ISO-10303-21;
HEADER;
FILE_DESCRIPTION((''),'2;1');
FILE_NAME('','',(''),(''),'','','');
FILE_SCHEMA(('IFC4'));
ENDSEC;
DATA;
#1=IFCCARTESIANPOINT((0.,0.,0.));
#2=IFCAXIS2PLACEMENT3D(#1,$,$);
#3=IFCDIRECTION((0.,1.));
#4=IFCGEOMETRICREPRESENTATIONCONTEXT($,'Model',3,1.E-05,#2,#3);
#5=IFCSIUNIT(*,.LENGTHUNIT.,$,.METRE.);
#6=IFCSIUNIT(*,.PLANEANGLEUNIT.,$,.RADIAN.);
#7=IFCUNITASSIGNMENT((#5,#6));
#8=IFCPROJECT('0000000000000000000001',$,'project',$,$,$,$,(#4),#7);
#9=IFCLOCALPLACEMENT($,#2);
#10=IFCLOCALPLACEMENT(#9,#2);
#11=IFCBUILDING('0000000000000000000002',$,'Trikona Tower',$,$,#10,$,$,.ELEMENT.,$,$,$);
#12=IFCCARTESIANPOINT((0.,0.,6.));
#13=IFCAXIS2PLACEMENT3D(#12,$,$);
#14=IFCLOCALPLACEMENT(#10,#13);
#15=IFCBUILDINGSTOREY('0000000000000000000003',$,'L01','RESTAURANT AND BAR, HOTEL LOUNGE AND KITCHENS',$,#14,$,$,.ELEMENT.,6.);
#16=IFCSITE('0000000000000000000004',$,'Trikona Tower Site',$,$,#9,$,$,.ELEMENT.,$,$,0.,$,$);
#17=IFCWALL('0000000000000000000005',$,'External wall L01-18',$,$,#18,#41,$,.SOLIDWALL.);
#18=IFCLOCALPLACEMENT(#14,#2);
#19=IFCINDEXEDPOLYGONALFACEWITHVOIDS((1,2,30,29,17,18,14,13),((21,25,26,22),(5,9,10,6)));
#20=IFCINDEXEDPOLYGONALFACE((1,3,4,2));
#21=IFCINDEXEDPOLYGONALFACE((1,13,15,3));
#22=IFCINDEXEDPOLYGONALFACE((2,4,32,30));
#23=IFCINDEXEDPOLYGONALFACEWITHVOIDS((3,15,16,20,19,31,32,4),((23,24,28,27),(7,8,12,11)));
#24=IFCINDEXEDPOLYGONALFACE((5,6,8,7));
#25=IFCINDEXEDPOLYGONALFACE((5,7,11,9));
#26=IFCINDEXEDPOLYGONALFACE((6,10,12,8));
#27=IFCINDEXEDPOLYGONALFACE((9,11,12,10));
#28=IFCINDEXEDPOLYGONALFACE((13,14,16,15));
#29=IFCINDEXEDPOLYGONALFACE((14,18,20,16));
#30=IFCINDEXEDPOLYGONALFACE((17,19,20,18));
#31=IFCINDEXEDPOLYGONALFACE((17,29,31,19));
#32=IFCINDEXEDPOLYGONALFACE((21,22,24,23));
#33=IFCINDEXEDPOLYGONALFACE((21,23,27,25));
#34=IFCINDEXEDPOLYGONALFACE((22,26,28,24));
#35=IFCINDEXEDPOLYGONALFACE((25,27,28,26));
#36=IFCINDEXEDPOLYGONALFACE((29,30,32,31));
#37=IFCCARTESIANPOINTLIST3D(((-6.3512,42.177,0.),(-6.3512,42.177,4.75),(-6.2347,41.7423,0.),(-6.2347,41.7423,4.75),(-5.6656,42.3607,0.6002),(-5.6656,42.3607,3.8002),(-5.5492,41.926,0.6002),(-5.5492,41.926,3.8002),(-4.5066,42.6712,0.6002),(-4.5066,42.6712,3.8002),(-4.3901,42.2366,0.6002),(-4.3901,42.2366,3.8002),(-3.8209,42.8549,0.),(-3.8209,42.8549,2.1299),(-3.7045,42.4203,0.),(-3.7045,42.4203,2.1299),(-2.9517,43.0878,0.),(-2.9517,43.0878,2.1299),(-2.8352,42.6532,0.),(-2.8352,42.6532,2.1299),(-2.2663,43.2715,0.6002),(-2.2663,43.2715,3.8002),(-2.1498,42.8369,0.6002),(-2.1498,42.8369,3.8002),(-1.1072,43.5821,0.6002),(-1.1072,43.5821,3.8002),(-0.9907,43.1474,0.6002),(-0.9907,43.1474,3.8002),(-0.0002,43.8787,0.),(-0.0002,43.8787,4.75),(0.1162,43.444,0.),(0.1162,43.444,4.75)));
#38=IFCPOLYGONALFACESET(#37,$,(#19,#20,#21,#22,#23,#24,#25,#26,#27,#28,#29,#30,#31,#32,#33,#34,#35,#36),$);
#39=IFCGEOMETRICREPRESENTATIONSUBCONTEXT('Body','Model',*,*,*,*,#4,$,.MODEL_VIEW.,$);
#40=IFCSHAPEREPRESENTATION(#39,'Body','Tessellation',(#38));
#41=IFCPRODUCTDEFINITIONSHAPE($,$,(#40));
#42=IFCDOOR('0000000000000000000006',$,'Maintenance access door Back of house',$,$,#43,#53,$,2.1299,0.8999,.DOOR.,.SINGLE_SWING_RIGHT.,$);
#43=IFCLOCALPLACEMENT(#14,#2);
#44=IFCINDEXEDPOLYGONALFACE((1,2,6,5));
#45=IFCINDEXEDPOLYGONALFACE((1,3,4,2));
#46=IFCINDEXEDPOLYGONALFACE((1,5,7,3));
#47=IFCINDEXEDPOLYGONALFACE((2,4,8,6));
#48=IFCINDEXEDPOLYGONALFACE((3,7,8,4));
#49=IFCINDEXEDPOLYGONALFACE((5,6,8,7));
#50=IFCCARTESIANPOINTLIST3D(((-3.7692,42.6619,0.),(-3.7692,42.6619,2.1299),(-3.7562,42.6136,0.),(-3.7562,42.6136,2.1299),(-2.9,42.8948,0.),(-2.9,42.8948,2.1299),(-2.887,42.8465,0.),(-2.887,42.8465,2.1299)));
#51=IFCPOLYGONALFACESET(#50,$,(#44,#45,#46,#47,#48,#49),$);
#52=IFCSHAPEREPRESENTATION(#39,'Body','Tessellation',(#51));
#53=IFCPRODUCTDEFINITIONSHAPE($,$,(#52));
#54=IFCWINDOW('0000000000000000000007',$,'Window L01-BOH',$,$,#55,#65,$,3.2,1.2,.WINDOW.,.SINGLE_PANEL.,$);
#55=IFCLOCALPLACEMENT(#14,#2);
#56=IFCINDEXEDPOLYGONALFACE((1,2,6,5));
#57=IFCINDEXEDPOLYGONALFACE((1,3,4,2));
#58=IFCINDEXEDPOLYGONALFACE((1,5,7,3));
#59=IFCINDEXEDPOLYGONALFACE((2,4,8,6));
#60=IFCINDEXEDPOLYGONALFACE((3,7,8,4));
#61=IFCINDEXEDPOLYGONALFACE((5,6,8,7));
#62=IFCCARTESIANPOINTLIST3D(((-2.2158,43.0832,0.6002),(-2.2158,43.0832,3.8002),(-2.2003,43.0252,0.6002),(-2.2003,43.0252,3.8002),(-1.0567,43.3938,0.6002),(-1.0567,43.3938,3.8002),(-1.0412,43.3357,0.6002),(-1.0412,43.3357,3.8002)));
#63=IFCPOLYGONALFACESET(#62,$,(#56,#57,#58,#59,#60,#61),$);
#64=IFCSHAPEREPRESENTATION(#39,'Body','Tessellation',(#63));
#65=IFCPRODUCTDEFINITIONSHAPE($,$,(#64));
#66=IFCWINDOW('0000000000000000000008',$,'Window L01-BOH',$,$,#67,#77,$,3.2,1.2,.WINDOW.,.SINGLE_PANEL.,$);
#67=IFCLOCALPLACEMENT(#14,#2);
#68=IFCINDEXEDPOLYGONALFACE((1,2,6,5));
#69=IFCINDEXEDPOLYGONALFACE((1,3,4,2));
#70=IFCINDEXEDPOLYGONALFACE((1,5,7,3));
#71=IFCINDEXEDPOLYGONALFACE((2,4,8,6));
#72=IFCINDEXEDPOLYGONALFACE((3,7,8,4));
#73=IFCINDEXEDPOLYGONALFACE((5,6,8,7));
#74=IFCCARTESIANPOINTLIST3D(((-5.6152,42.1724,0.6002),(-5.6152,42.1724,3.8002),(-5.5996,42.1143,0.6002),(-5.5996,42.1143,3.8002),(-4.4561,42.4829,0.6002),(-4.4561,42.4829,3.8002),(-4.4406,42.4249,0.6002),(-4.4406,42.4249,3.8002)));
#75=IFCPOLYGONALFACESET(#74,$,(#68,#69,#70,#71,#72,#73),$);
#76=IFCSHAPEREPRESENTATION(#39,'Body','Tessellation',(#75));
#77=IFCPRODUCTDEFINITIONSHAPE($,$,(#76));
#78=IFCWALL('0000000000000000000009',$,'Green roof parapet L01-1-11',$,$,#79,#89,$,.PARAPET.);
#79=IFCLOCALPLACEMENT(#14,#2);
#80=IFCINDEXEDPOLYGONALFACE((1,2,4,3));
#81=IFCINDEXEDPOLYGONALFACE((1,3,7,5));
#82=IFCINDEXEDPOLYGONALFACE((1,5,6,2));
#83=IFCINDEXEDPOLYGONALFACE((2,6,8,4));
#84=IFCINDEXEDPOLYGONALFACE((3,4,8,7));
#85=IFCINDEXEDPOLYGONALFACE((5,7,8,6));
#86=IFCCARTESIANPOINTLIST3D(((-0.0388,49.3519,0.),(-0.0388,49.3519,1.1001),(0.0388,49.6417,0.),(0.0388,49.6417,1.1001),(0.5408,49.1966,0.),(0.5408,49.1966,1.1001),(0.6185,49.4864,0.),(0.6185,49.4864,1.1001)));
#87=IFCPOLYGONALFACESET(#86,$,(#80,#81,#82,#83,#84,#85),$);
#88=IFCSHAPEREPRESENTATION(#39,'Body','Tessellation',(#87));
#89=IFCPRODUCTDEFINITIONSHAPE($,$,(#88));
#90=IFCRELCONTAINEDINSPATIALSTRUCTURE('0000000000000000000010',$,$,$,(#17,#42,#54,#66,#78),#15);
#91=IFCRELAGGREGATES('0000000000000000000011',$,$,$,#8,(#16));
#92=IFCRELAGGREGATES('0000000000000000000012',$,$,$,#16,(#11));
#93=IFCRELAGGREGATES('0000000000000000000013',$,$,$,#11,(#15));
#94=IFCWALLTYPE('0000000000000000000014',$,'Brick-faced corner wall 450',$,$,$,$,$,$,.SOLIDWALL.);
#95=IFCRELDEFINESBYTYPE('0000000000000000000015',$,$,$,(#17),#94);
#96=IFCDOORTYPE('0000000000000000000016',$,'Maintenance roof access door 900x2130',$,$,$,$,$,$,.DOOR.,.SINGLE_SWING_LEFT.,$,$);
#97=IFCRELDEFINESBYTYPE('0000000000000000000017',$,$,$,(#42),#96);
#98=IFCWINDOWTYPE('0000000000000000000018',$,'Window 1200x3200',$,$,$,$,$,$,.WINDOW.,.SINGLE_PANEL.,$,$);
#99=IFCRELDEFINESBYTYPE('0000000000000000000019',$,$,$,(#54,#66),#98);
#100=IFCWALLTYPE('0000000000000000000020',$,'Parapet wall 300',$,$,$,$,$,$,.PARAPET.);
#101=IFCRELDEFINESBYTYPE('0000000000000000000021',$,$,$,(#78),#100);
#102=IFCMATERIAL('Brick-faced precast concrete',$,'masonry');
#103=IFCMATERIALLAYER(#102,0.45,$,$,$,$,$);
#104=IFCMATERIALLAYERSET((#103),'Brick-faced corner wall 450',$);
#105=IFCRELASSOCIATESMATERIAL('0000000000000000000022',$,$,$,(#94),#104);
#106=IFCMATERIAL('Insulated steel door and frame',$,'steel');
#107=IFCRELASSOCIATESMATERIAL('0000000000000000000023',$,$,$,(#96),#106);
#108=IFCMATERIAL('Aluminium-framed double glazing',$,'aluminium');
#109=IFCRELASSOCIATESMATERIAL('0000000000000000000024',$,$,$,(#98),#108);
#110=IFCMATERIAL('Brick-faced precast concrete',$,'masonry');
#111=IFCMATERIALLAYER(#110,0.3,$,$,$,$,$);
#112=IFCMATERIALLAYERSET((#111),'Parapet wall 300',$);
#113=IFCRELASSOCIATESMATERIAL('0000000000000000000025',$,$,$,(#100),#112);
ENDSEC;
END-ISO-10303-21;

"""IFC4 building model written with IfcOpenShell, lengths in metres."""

from ifc_helpers import new_model, si_unit, direction, frame, frame_2d, origin, place, context, subcontext, project, spatial, rectangle, extrude, material, layer, layer_set, type_object, element, fill, save


model = new_model("IFC4")

# Units and contexts
model_context = context("Model", 3, precision=1e-05, world=origin(), true_north=direction((0.0, 1.0)))
body_context = subcontext(model_context, "Body", "Model", "MODEL_VIEW")
ifc_project = project(units=[si_unit("LENGTHUNIT", "METRE"), si_unit("PLANEANGLEUNIT", "RADIAN")], contexts=[model_context])

# Site, building, storey
site_placement = place(None, origin())
site = spatial("IfcSite", under=ifc_project, at=site_placement, Name="Trikona Tower Site", CompositionType="ELEMENT", RefElevation=0.0)
building_placement = place(site_placement, origin())
building = spatial("IfcBuilding", under=site, at=building_placement, Name="Trikona Tower", CompositionType="ELEMENT")
storey_placement = place(building_placement, frame((0.0, 0.0, 6.0)))
storey = spatial("IfcBuildingStorey", under=building, at=storey_placement, Name="L01", Description="RESTAURANT AND BAR, HOTEL LOUNGE AND KITCHENS", CompositionType="ELEMENT", Elevation=6.0)

# Shared definitions
ifc_material_1 = material(Name="Brick-faced precast concrete", Category="masonry")
ifc_layer_1 = layer(ifc_material_1, 0.45)
ifc_layer_set_1 = layer_set([ifc_layer_1], Name="Brick-faced corner wall 450")
wall_type_1 = type_object("IfcWallType", Name="Brick-faced corner wall 450", PredefinedType="SOLIDWALL", material=ifc_layer_set_1)

# Wall, openings, door, windows
wall_1_placement = place(storey_placement, frame((0.0581, 43.6614, 0.0), z_axis=(0.0, 0.0, 1.0), x_axis=(-0.965927, -0.258813, 0.0)))
wall_1 = element("IfcWall", 1, at=wall_1_placement, inside=storey, type_object=wall_type_1, Name="External wall L01-18", PredefinedType="SOLIDWALL", context=body_context, shape_type="SweptSolid", body=[
    extrude(rectangle(XDim=6.575, YDim=0.45, at=frame_2d((3.2876, 0.0))), origin(), (0.0, 0.0, 1.0), 4.75),
])
opening_1_placement = place(wall_1_placement, frame((3.0557, 0.0, 0.0)))
opening_1 = element("IfcOpeningElement", 2, at=opening_1_placement, cuts=wall_1, PredefinedType="OPENING", context=body_context, shape_type="SweptSolid", body=[
    extrude(rectangle(XDim=0.8999, YDim=2.1299, at=frame_2d((0.45, 1.0649))), frame((0.0, 0.2349, 0.0), z_axis=(0.0, -1.0, 0.0), x_axis=(1.0, 0.0, 0.0)), (0.0, 0.0, 1.0), 0.47),
])
opening_2_placement = place(wall_1_placement, frame((1.146, 0.0, 0.6001)))
opening_2 = element("IfcOpeningElement", 3, at=opening_2_placement, cuts=wall_1, PredefinedType="OPENING", context=body_context, shape_type="SweptSolid", body=[
    extrude(rectangle(XDim=1.2, YDim=3.2, at=frame_2d((0.6001, 1.6001))), frame((0.0, 0.2349, 0.0), z_axis=(0.0, -1.0, 0.0), x_axis=(1.0, 0.0, 0.0)), (0.0, 0.0, 1.0), 0.47),
])
opening_3_placement = place(wall_1_placement, frame((4.6653, 0.0, 0.6001)))
opening_3 = element("IfcOpeningElement", 4, at=opening_3_placement, cuts=wall_1, PredefinedType="OPENING", context=body_context, shape_type="SweptSolid", body=[
    extrude(rectangle(XDim=1.2, YDim=3.2, at=frame_2d((0.6001, 1.6001))), frame((0.0, 0.2349, 0.0), z_axis=(0.0, -1.0, 0.0), x_axis=(1.0, 0.0, 0.0)), (0.0, 0.0, 1.0), 0.47),
])
ifc_material_2 = material(Name="Insulated steel door and frame", Category="steel")
door_type = type_object("IfcDoorType", Name="Maintenance roof access door 900x2130", OperationType="SINGLE_SWING_LEFT", PredefinedType="DOOR", material=ifc_material_2)
door_placement = place(opening_1_placement, origin())
door = element("IfcDoor", 5, at=door_placement, inside=storey, type_object=door_type, Name="Maintenance access door Back of house", OperationType="SINGLE_SWING_RIGHT", OverallHeight=2.1299, OverallWidth=0.8999, PredefinedType="DOOR", context=body_context, shape_type="SweptSolid", body=[
    extrude(rectangle(XDim=0.8999, YDim=2.1299, at=frame_2d((0.45, 1.0649))), frame((0.0, 0.0249, 0.0), z_axis=(0.0, -1.0, 0.0), x_axis=(1.0, 0.0, 0.0)), (0.0, 0.0, 1.0), 0.05),
])
fill(opening_1, door)
ifc_material_3 = material(Name="Aluminium-framed double glazing", Category="aluminium")
window_type_1 = type_object("IfcWindowType", Name="Window 1200x3200", PartitioningType="SINGLE_PANEL", PredefinedType="WINDOW", material=ifc_material_3)
window_1_placement = place(opening_2_placement, origin())
window_1 = element("IfcWindow", 6, at=window_1_placement, inside=storey, type_object=window_type_1, Name="Window L01-BOH", OverallHeight=3.2, OverallWidth=1.2, PartitioningType="SINGLE_PANEL", PredefinedType="WINDOW", context=body_context, shape_type="SweptSolid", body=[
    extrude(rectangle(XDim=1.2, YDim=3.2, at=frame_2d((0.6001, 1.6001))), frame((0.0, 0.03, 0.0), z_axis=(0.0, -1.0, 0.0), x_axis=(1.0, 0.0, 0.0)), (0.0, 0.0, 1.0), 0.0601),
])
fill(opening_2, window_1)
window_2_placement = place(opening_3_placement, origin())
window_2 = element("IfcWindow", 7, at=window_2_placement, inside=storey, type_object=window_type_1, Name="Window L01-BOH", OverallHeight=3.2, OverallWidth=1.2, PartitioningType="SINGLE_PANEL", PredefinedType="WINDOW", context=body_context, shape_type="SweptSolid", body=[
    extrude(rectangle(XDim=1.2, YDim=3.2, at=frame_2d((0.6001, 1.6001))), frame((0.0, 0.03, 0.0), z_axis=(0.0, -1.0, 0.0), x_axis=(1.0, 0.0, 0.0)), (0.0, 0.0, 1.0), 0.0601),
])
fill(opening_3, window_2)

# Wall
ifc_material_4 = material(Name="Brick-faced precast concrete", Category="masonry")
ifc_layer_2 = layer(ifc_material_4, 0.3)
ifc_layer_set_2 = layer_set([ifc_layer_2], Name="Parapet wall 300")
wall_type_2 = type_object("IfcWallType", Name="Parapet wall 300", PredefinedType="PARAPET", material=ifc_layer_set_2)
wall_2_placement = place(storey_placement, frame((0.0, 49.4968, 0.0), z_axis=(0.0, 0.0, 1.0), x_axis=(0.965937, -0.258777, 0.0)))
element("IfcWall", 8, at=wall_2_placement, inside=storey, type_object=wall_type_2, Name="Green roof parapet L01-1-11", PredefinedType="PARAPET", context=body_context, shape_type="SweptSolid", body=[
    extrude(rectangle(XDim=0.6001, YDim=0.3, at=frame_2d((0.3, 0.0))), origin(), (0.0, 0.0, 1.0), 1.1001),
])

save(model, "model.ifc")
